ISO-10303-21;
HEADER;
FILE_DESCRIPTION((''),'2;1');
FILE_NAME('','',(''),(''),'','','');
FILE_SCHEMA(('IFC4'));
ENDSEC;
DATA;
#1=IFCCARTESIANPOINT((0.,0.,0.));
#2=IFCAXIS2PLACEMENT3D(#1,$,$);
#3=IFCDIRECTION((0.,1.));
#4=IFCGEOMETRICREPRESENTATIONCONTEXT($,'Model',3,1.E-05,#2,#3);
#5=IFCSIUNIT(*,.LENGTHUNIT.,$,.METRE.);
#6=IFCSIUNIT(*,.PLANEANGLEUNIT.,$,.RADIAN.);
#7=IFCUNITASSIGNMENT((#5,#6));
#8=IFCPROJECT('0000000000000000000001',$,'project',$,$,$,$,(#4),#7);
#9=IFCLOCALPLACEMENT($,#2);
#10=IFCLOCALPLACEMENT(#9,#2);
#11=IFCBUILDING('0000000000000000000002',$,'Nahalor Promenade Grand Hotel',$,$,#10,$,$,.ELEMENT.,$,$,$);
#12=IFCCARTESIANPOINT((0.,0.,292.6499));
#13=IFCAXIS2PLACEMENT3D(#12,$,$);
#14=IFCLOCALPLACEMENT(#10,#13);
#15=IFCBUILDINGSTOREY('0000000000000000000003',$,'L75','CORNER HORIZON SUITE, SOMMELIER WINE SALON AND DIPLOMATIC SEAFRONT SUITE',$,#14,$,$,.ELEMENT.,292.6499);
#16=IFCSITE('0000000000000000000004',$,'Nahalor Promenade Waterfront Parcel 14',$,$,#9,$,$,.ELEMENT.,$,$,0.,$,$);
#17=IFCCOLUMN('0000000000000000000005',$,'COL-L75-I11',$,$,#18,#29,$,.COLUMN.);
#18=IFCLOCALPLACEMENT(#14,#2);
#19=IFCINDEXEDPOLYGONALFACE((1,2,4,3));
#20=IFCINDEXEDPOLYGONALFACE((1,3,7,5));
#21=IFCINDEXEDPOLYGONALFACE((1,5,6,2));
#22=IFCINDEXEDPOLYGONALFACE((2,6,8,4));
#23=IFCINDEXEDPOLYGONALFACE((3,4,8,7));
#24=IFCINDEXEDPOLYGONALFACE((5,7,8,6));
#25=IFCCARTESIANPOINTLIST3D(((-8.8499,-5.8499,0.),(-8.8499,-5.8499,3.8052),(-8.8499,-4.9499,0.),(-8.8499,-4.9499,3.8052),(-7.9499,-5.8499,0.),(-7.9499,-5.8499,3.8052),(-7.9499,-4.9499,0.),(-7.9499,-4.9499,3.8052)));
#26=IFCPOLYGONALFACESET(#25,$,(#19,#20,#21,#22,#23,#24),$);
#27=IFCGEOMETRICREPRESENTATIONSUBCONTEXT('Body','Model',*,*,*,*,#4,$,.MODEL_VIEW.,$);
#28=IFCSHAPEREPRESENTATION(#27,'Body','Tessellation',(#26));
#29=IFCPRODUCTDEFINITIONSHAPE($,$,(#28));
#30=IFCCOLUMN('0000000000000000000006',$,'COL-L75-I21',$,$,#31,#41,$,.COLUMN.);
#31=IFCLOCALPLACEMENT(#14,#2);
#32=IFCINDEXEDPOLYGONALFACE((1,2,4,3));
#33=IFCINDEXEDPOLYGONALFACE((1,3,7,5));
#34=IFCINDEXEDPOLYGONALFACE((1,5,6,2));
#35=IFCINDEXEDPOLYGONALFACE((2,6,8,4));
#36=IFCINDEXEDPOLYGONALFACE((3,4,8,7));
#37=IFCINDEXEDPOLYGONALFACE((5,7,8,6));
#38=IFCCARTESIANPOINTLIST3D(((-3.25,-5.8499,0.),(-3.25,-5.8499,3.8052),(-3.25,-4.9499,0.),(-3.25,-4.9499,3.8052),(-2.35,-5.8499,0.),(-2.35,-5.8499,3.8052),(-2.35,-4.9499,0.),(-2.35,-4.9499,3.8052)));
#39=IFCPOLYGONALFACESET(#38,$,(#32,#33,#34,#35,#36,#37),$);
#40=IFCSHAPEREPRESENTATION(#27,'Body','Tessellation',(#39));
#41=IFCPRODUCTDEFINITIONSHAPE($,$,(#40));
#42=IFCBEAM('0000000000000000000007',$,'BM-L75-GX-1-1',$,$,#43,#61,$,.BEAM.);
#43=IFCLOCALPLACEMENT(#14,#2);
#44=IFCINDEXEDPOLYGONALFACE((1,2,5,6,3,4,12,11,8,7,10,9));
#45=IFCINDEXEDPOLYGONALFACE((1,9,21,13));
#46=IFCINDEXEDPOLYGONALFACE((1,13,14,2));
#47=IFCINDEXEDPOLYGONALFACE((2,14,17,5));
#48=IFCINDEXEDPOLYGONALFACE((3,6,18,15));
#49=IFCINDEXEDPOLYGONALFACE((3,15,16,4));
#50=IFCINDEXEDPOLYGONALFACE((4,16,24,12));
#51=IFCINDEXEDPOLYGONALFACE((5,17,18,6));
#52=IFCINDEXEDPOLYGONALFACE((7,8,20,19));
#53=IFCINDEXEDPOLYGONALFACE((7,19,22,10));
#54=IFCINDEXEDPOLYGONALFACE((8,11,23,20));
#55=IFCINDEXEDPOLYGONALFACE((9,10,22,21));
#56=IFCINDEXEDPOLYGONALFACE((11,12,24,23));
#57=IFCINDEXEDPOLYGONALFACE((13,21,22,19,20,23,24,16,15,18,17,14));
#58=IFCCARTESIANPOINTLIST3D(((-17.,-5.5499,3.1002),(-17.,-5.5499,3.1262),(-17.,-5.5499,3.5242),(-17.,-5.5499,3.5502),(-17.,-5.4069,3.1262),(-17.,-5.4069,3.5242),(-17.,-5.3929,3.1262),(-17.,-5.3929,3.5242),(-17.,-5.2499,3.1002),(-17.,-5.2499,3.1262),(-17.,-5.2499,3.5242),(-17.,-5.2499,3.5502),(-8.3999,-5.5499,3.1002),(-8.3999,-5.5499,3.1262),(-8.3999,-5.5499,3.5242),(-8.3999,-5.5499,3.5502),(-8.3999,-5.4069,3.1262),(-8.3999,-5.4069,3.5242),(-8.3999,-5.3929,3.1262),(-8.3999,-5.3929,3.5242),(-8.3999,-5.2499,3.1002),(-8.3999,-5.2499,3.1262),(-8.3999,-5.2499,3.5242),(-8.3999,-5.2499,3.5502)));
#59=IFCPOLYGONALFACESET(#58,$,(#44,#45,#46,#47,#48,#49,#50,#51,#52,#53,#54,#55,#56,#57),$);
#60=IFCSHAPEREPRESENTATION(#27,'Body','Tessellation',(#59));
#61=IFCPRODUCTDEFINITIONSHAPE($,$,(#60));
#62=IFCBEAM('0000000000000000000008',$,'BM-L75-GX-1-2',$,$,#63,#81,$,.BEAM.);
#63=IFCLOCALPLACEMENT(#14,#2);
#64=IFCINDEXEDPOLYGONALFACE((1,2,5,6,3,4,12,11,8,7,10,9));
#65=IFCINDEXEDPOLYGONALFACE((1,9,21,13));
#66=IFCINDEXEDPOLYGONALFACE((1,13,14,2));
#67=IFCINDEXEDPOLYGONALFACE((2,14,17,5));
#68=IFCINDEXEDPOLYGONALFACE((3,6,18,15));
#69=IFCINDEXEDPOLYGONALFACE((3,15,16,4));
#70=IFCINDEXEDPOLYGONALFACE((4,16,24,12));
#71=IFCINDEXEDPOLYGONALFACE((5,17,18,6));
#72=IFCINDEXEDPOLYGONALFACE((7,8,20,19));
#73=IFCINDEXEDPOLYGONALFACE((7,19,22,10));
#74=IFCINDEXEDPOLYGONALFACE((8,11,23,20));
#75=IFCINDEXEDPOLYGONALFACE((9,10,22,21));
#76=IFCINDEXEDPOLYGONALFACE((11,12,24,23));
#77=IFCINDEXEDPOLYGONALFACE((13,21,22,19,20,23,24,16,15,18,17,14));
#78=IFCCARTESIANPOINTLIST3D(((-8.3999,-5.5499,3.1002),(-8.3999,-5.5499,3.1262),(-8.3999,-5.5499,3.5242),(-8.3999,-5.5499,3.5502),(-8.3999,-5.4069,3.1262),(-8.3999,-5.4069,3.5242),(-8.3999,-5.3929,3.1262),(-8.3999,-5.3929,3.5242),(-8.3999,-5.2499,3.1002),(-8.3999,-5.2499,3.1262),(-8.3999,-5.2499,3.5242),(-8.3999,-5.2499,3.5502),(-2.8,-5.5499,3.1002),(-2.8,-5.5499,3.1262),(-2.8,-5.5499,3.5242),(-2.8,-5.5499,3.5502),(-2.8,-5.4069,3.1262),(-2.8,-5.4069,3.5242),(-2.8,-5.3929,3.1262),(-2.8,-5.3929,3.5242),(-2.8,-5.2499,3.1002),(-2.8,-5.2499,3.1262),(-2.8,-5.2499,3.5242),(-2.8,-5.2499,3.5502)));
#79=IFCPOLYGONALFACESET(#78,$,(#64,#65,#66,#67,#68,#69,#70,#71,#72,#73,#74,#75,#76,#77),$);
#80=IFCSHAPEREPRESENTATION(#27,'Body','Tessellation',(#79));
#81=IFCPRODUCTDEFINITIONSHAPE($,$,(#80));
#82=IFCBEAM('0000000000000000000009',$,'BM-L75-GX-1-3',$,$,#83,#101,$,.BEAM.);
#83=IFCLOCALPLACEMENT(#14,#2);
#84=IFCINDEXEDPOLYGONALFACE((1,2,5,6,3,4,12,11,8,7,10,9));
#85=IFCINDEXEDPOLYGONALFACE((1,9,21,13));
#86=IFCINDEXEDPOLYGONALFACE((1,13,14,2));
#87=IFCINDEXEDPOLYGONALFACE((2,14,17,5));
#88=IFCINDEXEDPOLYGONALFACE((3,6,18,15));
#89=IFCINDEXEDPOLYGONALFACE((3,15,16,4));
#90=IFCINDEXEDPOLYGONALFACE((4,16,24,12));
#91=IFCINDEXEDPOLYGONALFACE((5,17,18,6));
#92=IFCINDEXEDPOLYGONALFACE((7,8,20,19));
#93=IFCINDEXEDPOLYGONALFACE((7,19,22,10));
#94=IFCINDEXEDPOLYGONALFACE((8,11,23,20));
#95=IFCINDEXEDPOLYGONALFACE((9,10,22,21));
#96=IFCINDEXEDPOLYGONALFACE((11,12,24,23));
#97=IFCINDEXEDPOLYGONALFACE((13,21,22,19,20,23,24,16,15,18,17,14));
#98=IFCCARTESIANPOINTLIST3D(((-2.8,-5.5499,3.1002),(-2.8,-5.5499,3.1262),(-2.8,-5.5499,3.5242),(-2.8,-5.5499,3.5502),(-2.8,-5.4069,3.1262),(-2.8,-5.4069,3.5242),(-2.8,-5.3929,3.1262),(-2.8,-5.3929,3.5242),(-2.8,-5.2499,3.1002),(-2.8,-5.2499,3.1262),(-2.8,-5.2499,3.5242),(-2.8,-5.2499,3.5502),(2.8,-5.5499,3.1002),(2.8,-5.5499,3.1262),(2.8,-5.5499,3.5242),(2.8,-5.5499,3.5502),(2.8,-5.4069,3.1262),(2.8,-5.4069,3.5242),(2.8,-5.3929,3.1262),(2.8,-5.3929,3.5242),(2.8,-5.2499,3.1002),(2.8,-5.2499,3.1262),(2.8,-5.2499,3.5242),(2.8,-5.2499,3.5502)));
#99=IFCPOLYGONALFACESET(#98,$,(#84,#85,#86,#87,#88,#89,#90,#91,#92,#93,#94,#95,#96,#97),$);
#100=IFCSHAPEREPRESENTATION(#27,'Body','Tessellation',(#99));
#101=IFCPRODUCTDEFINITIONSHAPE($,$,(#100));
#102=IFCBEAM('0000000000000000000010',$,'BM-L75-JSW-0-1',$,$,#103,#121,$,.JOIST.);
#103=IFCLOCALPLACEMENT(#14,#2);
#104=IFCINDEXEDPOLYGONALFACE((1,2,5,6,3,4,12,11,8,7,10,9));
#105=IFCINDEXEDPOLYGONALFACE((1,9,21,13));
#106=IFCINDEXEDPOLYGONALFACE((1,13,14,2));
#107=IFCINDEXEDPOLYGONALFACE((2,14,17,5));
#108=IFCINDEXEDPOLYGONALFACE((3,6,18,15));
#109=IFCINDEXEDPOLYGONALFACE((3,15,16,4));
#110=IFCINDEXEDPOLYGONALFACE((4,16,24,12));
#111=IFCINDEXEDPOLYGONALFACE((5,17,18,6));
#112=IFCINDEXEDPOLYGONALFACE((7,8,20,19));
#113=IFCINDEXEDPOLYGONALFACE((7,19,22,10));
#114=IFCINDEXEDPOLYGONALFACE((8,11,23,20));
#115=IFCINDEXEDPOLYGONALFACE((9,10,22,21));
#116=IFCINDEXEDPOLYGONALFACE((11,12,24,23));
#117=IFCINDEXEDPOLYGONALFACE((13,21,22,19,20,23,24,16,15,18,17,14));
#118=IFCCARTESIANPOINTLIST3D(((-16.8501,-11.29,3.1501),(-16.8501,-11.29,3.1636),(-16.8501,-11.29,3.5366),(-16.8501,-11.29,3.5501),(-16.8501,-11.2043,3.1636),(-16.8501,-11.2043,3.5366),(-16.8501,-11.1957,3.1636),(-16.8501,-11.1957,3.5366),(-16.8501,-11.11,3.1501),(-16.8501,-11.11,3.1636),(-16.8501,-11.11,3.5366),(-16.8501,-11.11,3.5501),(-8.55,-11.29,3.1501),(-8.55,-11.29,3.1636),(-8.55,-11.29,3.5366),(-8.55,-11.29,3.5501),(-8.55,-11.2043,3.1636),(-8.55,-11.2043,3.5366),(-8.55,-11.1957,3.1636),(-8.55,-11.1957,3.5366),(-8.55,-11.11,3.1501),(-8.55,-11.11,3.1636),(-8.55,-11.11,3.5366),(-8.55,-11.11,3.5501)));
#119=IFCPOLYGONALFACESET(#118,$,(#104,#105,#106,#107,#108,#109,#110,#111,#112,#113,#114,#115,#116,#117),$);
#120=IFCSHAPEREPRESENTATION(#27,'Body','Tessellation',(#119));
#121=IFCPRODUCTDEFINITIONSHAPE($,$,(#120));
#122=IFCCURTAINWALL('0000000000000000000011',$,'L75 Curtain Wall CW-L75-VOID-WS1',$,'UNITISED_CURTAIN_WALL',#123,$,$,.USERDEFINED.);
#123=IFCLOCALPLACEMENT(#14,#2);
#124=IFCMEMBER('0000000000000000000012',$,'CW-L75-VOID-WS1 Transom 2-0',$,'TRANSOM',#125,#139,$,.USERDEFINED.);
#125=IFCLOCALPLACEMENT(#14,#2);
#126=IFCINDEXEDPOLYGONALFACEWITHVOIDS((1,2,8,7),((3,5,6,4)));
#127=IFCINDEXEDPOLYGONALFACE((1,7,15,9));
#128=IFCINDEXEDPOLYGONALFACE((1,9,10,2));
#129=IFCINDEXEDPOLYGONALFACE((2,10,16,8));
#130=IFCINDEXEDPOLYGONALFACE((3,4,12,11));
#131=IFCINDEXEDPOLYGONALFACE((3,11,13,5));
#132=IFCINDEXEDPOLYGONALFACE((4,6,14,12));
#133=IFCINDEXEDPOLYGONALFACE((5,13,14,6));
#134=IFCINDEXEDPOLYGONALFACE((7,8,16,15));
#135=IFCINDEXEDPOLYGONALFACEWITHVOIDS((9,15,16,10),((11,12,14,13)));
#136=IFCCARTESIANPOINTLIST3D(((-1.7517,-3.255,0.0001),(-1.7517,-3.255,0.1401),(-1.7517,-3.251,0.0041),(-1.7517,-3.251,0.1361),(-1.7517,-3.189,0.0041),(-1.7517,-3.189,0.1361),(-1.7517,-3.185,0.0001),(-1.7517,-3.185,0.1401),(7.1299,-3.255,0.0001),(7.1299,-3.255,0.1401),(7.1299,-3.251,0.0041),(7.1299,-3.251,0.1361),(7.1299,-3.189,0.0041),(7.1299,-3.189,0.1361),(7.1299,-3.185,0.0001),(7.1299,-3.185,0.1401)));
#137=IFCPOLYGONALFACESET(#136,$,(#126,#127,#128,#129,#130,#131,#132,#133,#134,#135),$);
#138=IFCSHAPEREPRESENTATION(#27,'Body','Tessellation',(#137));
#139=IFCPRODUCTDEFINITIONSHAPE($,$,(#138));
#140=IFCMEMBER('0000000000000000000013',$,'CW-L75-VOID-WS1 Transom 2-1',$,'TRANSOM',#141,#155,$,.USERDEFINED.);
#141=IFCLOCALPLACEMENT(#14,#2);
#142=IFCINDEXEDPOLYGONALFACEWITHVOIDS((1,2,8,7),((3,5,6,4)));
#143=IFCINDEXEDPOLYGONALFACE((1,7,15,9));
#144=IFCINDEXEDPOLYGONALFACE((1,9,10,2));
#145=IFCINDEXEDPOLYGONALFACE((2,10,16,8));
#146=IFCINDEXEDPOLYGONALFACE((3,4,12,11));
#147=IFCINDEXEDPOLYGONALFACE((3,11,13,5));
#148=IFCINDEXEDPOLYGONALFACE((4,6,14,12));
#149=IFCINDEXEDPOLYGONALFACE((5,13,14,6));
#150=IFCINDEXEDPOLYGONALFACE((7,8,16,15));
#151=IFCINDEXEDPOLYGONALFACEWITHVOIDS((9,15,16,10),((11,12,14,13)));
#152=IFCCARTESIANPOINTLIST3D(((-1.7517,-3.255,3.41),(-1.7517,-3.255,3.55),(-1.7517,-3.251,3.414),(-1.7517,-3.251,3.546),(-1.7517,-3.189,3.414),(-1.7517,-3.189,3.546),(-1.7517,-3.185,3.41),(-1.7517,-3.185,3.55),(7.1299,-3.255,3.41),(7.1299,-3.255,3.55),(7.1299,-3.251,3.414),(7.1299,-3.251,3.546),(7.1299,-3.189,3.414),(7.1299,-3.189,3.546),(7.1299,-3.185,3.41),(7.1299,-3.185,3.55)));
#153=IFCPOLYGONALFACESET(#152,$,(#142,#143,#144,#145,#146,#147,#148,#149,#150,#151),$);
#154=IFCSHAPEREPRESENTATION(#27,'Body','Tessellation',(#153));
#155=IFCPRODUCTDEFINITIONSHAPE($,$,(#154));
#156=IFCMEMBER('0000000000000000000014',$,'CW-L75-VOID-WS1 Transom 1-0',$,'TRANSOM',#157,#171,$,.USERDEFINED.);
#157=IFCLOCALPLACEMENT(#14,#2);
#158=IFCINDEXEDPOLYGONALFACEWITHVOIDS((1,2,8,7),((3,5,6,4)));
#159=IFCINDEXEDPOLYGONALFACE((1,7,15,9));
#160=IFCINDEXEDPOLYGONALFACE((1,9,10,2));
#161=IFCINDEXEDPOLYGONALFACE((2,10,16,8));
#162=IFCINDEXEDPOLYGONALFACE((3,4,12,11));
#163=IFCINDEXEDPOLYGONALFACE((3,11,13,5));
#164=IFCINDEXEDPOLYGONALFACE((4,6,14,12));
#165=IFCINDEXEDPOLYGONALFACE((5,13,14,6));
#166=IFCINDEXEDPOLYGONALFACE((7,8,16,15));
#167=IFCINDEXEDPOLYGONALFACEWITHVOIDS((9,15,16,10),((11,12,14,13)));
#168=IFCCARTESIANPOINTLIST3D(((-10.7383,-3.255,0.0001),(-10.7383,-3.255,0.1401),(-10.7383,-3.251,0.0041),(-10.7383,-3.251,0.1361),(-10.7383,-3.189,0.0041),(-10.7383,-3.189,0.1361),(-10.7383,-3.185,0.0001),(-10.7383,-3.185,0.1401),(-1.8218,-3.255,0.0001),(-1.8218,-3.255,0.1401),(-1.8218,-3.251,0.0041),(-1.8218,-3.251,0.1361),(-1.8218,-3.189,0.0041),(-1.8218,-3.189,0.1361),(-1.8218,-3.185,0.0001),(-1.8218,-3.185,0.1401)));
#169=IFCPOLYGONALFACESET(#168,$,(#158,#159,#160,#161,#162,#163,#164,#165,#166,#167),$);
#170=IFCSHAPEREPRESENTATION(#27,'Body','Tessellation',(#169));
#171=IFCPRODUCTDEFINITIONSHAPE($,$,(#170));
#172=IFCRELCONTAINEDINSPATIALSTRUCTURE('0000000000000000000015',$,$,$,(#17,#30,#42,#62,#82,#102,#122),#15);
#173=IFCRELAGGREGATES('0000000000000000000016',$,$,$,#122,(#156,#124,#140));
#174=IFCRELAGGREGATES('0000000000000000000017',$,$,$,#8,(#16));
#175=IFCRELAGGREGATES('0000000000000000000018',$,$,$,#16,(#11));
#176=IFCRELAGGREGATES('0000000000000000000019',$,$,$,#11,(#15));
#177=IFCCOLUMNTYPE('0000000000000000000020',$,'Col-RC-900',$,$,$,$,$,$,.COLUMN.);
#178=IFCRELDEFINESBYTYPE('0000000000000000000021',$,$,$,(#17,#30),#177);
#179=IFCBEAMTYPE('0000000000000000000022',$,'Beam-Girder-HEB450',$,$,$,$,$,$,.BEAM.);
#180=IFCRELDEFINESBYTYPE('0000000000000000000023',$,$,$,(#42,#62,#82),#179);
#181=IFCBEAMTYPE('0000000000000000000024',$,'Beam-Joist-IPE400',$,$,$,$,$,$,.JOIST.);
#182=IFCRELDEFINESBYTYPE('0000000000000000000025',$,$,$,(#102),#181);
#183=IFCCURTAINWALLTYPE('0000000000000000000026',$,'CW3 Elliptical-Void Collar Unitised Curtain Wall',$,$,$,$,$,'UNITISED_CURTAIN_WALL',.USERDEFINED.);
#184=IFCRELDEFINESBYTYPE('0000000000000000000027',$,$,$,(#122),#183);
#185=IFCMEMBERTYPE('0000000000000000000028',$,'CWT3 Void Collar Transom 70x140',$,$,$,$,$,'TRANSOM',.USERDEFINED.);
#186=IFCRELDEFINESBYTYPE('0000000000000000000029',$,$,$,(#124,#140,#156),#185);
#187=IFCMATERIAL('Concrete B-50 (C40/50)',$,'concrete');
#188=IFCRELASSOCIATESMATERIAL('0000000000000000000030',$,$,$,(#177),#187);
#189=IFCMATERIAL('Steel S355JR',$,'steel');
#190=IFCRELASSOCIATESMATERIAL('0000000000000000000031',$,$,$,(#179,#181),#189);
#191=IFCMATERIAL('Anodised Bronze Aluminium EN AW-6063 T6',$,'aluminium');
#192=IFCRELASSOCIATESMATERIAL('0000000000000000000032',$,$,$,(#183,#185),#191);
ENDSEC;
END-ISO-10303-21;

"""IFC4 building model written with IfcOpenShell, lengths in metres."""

from ifc_helpers import new_model, si_unit, direction, frame, origin, origin_2d, place, context, subcontext, project, spatial, rectangle, hollow_rectangle, i_section, extrude, source, transform, mapped, material, material_profile, profile_set, type_object, element, aggregate, save


model = new_model("IFC4")

# Units and contexts
model_context = context("Model", 3, precision=1e-05, world=origin(), true_north=direction((0.0, 1.0)))
body_context = subcontext(model_context, "Body", "Model", "MODEL_VIEW")
ifc_project = project(units=[si_unit("LENGTHUNIT", "METRE"), si_unit("PLANEANGLEUNIT", "RADIAN")], contexts=[model_context])

# Site, building, storey
site_placement = place(None, origin())
site = spatial("IfcSite", under=ifc_project, at=site_placement, Name="Nahalor Promenade Waterfront Parcel 14", CompositionType="ELEMENT", RefElevation=0.0)
building_placement = place(site_placement, origin())
building = spatial("IfcBuilding", under=site, at=building_placement, Name="Nahalor Promenade Grand Hotel", CompositionType="ELEMENT")
storey_placement = place(building_placement, frame((0.0, 0.0, 292.6499)))
storey = spatial("IfcBuildingStorey", under=building, at=storey_placement, Name="L75", Description="CORNER HORIZON SUITE, SOMMELIER WINE SALON AND DIPLOMATIC SEAFRONT SUITE", CompositionType="ELEMENT", Elevation=292.6499)

# Columns
ifc_material_1 = material(Name="Concrete B-50 (C40/50)", Category="concrete")
ifc_material_profile_1 = material_profile(ifc_material_1, rectangle(XDim=0.9, YDim=0.9, at=origin_2d()), Name="RC 900x900")
ifc_profile_set_1 = profile_set([ifc_material_profile_1], Name="Concrete B-50 (C40/50)")
column_type = type_object("IfcColumnType", Name="Col-RC-900", PredefinedType="COLUMN", material=ifc_profile_set_1)
shared_shape_1 = source(origin(), body_context, "Body", "SweptSolid", [
    extrude(rectangle(XDim=0.9, YDim=0.9, at=origin_2d()), origin(), (0.0, 0.0, 1.0), 3.8052),
])
for number, where, z_axis, x_axis, name in (
    (1, (-8.3999, -5.3999, 0.0), (0.0, 0.0, 1.0), (1.0, 0.0, 0.0), "COL-L75-I11"),
    (2, (-2.8, -5.3999, 0.0), (0.0, 0.0, 1.0), (1.0, 0.0, 0.0), "COL-L75-I21"),
):
    element("IfcColumn", number, at=place(storey_placement, frame(where, z_axis=z_axis, x_axis=x_axis)), inside=storey, type_object=column_type, Name=name, PredefinedType="COLUMN", context=body_context, shape_type="MappedRepresentation", body=[
        mapped(shared_shape_1, transform((0.0, 0.0, 0.0), scale=1.0)),
    ])

# Beams
ifc_material_2 = material(Name="Steel S355JR", Category="steel")
ifc_material_profile_2 = material_profile(ifc_material_2, i_section(OverallWidth=0.3, OverallDepth=0.45, WebThickness=0.014, FlangeThickness=0.026, at=origin_2d()), Name="HEB 450")
ifc_profile_set_2 = profile_set([ifc_material_profile_2], Name="Steel S355JR")
beam_type_1 = type_object("IfcBeamType", Name="Beam-Girder-HEB450", PredefinedType="BEAM", material=ifc_profile_set_2)
shared_shape_2 = source(origin(), body_context, "Body", "SweptSolid", [
    extrude(i_section(OverallWidth=0.3, OverallDepth=0.45, WebThickness=0.014, FlangeThickness=0.026, at=origin_2d()), origin(), (0.0, 0.0, 1.0), 8.6001),
])
beam_1_placement = place(storey_placement, frame((-17.0, -5.3999, 3.3252), z_axis=(1.0, 0.0, 0.0), x_axis=(0.0, 1.0, 0.0)))
element("IfcBeam", 3, at=beam_1_placement, inside=storey, type_object=beam_type_1, Name="BM-L75-GX-1-1", PredefinedType="BEAM", context=body_context, shape_type="MappedRepresentation", body=[
    mapped(shared_shape_2, transform((0.0, 0.0, 0.0), scale=1.0)),
])
shared_shape_3 = source(origin(), body_context, "Body", "SweptSolid", [
    extrude(i_section(OverallWidth=0.3, OverallDepth=0.45, WebThickness=0.014, FlangeThickness=0.026, at=origin_2d()), origin(), (0.0, 0.0, 1.0), 5.5999),
])
beam_2_placement = place(storey_placement, frame((-8.3999, -5.3999, 3.3252), z_axis=(1.0, 0.0, 0.0), x_axis=(0.0, 1.0, 0.0)))
element("IfcBeam", 4, at=beam_2_placement, inside=storey, type_object=beam_type_1, Name="BM-L75-GX-1-2", PredefinedType="BEAM", context=body_context, shape_type="MappedRepresentation", body=[
    mapped(shared_shape_3, transform((0.0, 0.0, 0.0), scale=1.0)),
])
shared_shape_4 = source(origin(), body_context, "Body", "SweptSolid", [
    extrude(i_section(OverallWidth=0.3, OverallDepth=0.45, WebThickness=0.014, FlangeThickness=0.026, at=origin_2d()), origin(), (0.0, 0.0, 1.0), 5.6001),
])
beam_3_placement = place(storey_placement, frame((-2.8, -5.3999, 3.3252), z_axis=(1.0, 0.0, 0.0), x_axis=(0.0, 1.0, 0.0)))
element("IfcBeam", 5, at=beam_3_placement, inside=storey, type_object=beam_type_1, Name="BM-L75-GX-1-3", PredefinedType="BEAM", context=body_context, shape_type="MappedRepresentation", body=[
    mapped(shared_shape_4, transform((0.0, 0.0, 0.0), scale=1.0)),
])
ifc_material_profile_3 = material_profile(ifc_material_2, i_section(OverallWidth=0.18, OverallDepth=0.4, WebThickness=0.0086, FlangeThickness=0.0135, at=origin_2d()), Name="IPE 400")
ifc_profile_set_3 = profile_set([ifc_material_profile_3], Name="Steel S355JR")
beam_type_2 = type_object("IfcBeamType", Name="Beam-Joist-IPE400", PredefinedType="JOIST", material=ifc_profile_set_3)
shared_shape_5 = source(origin(), body_context, "Body", "SweptSolid", [
    extrude(i_section(OverallWidth=0.18, OverallDepth=0.4, WebThickness=0.0086, FlangeThickness=0.0135, at=origin_2d()), origin(), (0.0, 0.0, 1.0), 8.3),
])
beam_4_placement = place(storey_placement, frame((-16.8501, -11.2, 3.3501), z_axis=(1.0, 0.0, 0.0), x_axis=(0.0, 1.0, 0.0)))
element("IfcBeam", 6, at=beam_4_placement, inside=storey, type_object=beam_type_2, Name="BM-L75-JSW-0-1", PredefinedType="JOIST", context=body_context, shape_type="MappedRepresentation", body=[
    mapped(shared_shape_5, transform((0.0, 0.0, 0.0), scale=1.0)),
])

# Curtain wall, members
ifc_material_3 = material(Name="Anodised Bronze Aluminium EN AW-6063 T6", Category="aluminium")
curtain_wall_type = type_object("IfcCurtainWallType", Name="CW3 Elliptical-Void Collar Unitised Curtain Wall", ElementType="UNITISED_CURTAIN_WALL", PredefinedType="USERDEFINED", material=ifc_material_3)
curtain_wall_placement = place(storey_placement, origin())
curtain_wall = element("IfcCurtainWall", 7, at=curtain_wall_placement, inside=storey, type_object=curtain_wall_type, Name="L75 Curtain Wall CW-L75-VOID-WS1", ObjectType="UNITISED_CURTAIN_WALL", PredefinedType="USERDEFINED")
ifc_material_profile_4 = material_profile(ifc_material_3, hollow_rectangle(XDim=0.07, YDim=0.14, WallThickness=0.004, at=origin_2d()), Name="CWT 70x140x4")
ifc_profile_set_4 = profile_set([ifc_material_profile_4], Name="Anodised Bronze Aluminium EN AW-6063 T6")
member_type_1 = type_object("IfcMemberType", Name="CWT3 Void Collar Transom 70x140", ElementType="TRANSOM", PredefinedType="USERDEFINED", material=ifc_profile_set_4)
shared_shape_6 = source(origin(), body_context, "Body", "SweptSolid", [
    extrude(hollow_rectangle(XDim=0.07, YDim=0.14, WallThickness=0.004, at=origin_2d()), origin(), (0.0, 0.0, 1.0), 8.8816),
])
member_1_placement = place(storey_placement, frame((-1.7517, -3.22, 0.0701), z_axis=(1.0, 0.0, 0.0), x_axis=(0.0, 1.0, 0.0)))
member_1 = element("IfcMember", 8, at=member_1_placement, type_object=member_type_1, Name="CW-L75-VOID-WS1 Transom 2-0", ObjectType="TRANSOM", PredefinedType="USERDEFINED", context=body_context, shape_type="MappedRepresentation", body=[
    mapped(shared_shape_6, transform((0.0, 0.0, 0.0), scale=1.0)),
])
member_2_placement = place(storey_placement, frame((-1.7517, -3.22, 3.48), z_axis=(1.0, 0.0, 0.0), x_axis=(0.0, 1.0, 0.0)))
member_2 = element("IfcMember", 9, at=member_2_placement, type_object=member_type_1, Name="CW-L75-VOID-WS1 Transom 2-1", ObjectType="TRANSOM", PredefinedType="USERDEFINED", context=body_context, shape_type="MappedRepresentation", body=[
    mapped(shared_shape_6, transform((0.0, 0.0, 0.0), scale=1.0)),
])
shared_shape_7 = source(origin(), body_context, "Body", "SweptSolid", [
    extrude(hollow_rectangle(XDim=0.07, YDim=0.14, WallThickness=0.004, at=origin_2d()), origin(), (0.0, 0.0, 1.0), 8.9165),
])
member_3_placement = place(storey_placement, frame((-10.7383, -3.22, 0.0701), z_axis=(1.0, 0.0, 0.0), x_axis=(0.0, 1.0, 0.0)))
member_3 = element("IfcMember", 10, at=member_3_placement, type_object=member_type_1, Name="CW-L75-VOID-WS1 Transom 1-0", ObjectType="TRANSOM", PredefinedType="USERDEFINED", context=body_context, shape_type="MappedRepresentation", body=[
    mapped(shared_shape_7, transform((0.0, 0.0, 0.0), scale=1.0)),
])
aggregate(curtain_wall, [member_3, member_1, member_2])

save(model, "model.ifc")
